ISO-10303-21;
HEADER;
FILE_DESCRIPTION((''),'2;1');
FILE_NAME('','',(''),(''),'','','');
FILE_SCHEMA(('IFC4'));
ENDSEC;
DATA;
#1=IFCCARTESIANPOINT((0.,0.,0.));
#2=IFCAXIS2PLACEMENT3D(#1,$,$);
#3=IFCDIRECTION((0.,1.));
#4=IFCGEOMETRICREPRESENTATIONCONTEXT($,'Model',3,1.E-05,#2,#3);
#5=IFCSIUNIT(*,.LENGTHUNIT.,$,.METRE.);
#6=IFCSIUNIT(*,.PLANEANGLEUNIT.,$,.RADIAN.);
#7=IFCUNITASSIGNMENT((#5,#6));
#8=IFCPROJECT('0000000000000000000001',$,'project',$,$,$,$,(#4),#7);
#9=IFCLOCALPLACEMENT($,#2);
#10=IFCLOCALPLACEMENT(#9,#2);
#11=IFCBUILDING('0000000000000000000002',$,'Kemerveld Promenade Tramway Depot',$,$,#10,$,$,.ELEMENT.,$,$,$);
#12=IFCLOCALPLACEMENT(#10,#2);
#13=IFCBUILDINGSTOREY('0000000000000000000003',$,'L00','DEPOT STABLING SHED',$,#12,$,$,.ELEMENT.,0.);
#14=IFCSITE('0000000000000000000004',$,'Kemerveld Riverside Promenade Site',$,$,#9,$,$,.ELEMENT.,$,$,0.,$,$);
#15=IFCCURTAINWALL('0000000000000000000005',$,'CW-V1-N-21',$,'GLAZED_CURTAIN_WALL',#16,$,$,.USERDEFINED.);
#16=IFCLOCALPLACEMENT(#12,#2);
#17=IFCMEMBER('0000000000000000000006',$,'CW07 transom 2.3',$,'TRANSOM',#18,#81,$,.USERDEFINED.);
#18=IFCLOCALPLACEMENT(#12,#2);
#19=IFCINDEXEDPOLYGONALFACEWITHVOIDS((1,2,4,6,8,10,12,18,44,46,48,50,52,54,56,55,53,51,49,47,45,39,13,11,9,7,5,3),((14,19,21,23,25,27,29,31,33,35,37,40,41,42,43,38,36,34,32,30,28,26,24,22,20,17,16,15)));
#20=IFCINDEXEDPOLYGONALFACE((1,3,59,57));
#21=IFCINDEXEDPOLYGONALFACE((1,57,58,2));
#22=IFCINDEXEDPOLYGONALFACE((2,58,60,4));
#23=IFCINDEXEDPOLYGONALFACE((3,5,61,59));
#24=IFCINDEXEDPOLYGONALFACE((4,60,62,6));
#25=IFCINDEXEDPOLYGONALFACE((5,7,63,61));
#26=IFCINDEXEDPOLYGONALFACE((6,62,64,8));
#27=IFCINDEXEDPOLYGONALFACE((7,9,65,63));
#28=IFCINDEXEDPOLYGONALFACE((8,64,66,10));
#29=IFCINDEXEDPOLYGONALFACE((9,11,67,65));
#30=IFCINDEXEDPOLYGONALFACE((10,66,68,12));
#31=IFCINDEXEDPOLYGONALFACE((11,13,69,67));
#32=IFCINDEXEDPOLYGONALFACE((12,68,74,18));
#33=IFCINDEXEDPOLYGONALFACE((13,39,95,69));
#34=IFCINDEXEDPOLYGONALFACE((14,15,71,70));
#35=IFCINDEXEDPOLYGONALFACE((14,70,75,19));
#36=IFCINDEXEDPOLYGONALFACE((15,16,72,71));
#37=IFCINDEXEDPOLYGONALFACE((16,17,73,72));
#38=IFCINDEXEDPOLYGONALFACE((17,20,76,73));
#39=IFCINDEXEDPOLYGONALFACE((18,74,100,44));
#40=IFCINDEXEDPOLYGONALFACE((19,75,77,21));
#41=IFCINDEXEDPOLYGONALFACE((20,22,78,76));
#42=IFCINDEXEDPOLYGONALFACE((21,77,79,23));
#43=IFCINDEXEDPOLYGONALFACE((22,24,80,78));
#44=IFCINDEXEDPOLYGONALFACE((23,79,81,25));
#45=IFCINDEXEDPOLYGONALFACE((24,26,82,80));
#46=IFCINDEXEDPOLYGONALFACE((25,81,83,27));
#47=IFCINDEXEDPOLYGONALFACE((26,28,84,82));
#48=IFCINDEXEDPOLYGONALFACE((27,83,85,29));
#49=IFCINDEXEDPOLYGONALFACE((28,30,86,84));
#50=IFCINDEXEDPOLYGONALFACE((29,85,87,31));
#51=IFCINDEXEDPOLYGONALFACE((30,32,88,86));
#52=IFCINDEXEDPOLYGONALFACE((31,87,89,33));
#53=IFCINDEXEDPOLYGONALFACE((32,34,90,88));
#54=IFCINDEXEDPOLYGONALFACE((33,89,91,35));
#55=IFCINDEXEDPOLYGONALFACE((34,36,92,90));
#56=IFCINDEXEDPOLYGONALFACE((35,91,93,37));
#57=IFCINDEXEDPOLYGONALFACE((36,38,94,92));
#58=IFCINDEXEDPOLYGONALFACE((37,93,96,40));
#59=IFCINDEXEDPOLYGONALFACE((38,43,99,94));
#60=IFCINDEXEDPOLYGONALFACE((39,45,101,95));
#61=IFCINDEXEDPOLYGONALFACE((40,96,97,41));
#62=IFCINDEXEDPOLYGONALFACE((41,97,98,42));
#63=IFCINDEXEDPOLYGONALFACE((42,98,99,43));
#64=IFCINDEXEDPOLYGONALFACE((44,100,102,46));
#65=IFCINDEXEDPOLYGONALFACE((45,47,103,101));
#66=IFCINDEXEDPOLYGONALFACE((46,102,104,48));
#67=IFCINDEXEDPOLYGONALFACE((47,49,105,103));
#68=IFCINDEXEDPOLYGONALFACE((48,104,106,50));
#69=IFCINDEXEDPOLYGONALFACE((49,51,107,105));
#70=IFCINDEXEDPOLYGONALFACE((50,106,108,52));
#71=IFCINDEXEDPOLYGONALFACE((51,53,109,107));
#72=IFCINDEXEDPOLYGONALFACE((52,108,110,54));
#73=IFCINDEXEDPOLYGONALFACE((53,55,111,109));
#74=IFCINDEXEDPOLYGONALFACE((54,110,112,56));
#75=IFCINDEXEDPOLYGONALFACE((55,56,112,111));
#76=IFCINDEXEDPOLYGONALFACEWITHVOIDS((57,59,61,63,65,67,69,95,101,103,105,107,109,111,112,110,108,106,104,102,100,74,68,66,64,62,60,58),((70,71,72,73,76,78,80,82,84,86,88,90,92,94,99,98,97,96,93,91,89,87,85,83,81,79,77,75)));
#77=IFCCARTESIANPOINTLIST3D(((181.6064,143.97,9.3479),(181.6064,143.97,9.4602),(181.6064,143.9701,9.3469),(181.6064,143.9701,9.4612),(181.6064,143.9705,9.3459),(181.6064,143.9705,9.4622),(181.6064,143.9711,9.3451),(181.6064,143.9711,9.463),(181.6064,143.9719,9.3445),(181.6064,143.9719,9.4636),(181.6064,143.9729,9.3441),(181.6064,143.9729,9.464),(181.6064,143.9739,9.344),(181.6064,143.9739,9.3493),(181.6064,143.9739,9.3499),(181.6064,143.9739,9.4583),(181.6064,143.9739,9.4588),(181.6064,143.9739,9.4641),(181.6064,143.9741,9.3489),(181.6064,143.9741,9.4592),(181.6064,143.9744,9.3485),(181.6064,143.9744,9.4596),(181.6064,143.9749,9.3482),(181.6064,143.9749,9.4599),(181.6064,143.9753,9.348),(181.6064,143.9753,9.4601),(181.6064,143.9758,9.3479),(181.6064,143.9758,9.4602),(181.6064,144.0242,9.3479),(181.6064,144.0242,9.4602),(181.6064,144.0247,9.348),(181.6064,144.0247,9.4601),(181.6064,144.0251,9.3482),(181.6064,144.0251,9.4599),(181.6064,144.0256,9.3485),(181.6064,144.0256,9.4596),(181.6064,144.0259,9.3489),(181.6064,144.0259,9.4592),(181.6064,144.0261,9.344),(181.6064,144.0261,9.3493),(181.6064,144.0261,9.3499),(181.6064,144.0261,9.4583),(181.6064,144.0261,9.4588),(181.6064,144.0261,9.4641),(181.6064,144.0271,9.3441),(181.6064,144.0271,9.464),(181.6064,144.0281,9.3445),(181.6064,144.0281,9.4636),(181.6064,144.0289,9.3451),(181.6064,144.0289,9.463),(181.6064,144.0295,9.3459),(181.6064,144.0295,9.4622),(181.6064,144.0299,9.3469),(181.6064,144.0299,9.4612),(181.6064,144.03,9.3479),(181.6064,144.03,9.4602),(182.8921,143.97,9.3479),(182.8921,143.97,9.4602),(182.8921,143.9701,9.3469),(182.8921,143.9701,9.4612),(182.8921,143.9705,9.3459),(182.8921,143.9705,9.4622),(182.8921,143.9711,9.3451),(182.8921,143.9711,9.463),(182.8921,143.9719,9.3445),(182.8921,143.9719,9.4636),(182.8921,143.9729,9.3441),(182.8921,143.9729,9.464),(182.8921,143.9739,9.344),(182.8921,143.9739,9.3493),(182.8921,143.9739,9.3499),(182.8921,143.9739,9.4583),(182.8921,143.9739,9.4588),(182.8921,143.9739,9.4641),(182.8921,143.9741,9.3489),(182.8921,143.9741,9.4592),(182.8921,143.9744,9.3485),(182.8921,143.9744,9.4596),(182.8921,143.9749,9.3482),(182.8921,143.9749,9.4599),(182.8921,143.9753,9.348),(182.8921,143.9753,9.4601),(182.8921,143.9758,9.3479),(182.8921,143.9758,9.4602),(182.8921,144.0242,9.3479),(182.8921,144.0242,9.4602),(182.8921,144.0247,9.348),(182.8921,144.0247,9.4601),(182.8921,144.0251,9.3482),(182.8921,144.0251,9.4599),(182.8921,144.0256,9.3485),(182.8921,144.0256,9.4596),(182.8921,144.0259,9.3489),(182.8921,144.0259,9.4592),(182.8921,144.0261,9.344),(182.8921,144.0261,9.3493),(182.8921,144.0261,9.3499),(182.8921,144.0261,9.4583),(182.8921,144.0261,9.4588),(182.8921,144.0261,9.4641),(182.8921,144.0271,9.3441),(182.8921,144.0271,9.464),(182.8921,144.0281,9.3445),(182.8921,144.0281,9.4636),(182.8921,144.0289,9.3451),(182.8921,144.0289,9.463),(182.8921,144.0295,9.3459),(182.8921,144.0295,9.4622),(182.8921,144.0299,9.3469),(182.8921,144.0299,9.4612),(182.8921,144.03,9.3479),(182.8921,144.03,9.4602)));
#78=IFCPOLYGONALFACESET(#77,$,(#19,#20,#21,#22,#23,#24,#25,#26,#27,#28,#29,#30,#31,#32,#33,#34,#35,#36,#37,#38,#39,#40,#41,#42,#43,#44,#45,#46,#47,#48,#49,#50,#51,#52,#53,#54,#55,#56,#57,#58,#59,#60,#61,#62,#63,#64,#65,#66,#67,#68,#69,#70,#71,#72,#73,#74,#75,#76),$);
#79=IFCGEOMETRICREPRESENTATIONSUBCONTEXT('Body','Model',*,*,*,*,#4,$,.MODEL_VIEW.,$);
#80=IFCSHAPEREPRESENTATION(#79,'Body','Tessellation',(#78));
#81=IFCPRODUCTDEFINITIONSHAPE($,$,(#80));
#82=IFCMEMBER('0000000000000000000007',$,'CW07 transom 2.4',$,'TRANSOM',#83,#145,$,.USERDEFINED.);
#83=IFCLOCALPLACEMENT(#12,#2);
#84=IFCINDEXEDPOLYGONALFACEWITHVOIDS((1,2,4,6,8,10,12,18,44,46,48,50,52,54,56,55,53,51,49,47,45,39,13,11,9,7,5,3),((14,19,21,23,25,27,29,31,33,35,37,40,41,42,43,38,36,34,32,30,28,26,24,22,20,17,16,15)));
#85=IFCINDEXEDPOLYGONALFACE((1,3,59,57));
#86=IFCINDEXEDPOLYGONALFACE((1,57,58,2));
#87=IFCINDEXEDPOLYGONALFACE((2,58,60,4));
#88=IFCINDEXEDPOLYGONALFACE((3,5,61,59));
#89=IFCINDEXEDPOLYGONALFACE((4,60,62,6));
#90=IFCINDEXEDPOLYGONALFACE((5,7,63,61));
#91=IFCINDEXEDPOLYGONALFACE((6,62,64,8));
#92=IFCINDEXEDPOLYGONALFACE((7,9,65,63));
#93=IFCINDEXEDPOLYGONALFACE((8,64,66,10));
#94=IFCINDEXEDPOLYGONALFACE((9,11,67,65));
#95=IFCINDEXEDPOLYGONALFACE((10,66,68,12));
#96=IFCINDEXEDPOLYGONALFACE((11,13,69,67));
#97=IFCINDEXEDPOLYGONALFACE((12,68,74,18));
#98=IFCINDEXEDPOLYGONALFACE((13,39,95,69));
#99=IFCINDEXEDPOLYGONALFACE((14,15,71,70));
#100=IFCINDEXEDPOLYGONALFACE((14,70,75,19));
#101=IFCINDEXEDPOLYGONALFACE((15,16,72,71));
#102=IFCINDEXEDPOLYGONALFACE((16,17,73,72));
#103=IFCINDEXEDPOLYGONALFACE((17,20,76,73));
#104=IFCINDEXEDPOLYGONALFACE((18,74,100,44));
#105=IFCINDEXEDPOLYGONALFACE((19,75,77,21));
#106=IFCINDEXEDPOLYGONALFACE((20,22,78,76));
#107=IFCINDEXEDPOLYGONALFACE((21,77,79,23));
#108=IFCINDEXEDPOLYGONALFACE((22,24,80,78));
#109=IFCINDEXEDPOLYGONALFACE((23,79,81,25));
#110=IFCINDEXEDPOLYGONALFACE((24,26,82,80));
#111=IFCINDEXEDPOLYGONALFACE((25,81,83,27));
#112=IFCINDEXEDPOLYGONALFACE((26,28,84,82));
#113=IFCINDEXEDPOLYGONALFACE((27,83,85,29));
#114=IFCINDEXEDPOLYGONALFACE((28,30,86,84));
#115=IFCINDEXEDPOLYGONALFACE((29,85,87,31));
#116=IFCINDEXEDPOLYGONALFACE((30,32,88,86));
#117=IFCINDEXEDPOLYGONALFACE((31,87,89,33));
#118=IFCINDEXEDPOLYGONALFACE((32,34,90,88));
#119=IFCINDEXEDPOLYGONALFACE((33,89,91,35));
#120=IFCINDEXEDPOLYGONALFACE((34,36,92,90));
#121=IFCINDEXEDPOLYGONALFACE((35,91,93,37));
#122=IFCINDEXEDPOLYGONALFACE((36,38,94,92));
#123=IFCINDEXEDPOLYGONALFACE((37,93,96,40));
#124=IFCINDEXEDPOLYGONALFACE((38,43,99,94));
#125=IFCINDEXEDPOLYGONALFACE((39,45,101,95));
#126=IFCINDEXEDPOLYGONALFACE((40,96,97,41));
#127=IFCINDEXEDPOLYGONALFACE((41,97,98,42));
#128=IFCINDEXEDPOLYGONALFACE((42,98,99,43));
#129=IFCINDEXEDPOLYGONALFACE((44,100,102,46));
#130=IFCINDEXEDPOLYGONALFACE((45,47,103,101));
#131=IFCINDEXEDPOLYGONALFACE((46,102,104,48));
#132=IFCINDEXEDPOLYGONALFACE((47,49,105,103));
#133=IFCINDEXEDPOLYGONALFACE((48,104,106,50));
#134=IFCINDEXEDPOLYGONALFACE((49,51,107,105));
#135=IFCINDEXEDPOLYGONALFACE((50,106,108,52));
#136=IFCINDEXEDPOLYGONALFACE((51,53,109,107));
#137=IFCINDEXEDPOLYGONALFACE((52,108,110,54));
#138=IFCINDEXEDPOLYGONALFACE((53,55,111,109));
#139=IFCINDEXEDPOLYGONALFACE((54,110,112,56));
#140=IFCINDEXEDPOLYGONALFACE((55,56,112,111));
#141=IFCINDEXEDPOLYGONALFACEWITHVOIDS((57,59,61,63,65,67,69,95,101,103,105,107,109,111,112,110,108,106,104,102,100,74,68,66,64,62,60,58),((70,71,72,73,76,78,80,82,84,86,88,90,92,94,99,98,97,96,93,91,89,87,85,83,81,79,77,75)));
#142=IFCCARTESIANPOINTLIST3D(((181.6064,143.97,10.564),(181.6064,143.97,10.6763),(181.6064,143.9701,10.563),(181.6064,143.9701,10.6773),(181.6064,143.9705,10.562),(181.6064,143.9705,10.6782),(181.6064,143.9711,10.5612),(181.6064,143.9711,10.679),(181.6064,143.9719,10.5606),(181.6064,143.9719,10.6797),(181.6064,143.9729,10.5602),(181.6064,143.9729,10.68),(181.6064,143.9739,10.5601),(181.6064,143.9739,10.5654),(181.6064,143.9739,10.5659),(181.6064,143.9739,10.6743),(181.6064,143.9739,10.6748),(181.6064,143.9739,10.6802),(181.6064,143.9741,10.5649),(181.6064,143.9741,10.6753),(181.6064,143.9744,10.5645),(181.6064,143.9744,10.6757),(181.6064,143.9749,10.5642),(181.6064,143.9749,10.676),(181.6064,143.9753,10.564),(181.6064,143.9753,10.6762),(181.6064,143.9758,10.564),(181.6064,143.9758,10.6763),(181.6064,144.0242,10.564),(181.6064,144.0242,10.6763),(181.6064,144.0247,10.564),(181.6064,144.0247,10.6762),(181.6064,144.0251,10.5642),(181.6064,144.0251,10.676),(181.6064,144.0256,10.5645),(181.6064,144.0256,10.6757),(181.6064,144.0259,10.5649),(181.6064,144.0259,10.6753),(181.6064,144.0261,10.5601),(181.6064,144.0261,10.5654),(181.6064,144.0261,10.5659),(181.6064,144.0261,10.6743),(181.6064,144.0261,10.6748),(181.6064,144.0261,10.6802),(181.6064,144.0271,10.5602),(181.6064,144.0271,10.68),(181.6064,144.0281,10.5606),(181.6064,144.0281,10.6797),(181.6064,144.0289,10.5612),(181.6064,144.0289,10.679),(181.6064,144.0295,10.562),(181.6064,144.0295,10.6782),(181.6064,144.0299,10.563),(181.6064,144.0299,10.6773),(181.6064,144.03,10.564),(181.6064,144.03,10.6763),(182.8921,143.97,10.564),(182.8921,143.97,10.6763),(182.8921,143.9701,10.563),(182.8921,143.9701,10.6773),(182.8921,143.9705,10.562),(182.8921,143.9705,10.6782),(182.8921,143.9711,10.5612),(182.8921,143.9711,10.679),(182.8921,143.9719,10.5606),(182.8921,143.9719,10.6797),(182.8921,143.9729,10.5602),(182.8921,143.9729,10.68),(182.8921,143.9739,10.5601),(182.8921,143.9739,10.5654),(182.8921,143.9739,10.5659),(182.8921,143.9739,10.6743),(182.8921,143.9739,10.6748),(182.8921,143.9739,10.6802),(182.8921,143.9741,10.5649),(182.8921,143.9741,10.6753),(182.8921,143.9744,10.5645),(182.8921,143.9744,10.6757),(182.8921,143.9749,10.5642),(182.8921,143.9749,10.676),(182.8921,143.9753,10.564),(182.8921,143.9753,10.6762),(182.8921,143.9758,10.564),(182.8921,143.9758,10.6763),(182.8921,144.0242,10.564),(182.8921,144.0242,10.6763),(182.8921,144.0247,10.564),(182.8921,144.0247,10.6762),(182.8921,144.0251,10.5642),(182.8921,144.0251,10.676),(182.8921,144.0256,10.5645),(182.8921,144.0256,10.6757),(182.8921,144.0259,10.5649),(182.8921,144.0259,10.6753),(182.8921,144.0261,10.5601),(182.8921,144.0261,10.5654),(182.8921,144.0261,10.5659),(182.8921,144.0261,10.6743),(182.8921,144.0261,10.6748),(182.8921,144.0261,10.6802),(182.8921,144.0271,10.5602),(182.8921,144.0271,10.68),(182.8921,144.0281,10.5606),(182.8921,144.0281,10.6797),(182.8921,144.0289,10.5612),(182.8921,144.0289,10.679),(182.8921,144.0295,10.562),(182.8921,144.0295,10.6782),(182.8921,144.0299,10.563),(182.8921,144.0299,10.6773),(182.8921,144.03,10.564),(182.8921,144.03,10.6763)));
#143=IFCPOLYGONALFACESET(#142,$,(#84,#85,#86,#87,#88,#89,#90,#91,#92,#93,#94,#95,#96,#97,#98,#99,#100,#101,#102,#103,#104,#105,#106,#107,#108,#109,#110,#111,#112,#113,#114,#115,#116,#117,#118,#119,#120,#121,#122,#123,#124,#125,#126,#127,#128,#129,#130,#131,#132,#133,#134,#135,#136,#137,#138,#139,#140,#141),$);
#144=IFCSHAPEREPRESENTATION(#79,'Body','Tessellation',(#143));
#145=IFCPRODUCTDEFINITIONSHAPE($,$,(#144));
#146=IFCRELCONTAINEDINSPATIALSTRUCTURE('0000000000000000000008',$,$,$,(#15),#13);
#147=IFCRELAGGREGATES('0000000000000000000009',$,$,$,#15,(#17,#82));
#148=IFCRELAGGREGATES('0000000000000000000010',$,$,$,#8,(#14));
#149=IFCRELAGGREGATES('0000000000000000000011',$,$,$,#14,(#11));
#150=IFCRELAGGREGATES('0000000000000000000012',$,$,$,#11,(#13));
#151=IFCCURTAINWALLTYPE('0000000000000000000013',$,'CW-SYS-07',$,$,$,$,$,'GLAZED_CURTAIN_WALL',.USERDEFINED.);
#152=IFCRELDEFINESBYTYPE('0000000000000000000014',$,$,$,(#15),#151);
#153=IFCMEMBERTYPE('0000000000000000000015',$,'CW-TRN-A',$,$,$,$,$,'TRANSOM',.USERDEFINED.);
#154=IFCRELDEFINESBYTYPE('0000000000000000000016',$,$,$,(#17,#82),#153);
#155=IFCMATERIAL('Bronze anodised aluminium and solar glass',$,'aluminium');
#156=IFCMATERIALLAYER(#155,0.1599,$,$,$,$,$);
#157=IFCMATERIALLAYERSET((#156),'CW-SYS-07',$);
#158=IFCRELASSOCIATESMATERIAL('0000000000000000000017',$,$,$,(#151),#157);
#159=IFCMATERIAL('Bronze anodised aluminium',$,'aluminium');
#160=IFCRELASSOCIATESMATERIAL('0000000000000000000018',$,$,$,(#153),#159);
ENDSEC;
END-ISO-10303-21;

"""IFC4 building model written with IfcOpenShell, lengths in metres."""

from ifc_helpers import new_model, si_unit, direction, frame, origin, origin_2d, place, context, subcontext, project, spatial, hollow_rectangle, extrude, material, layer, layer_set, material_profile, profile_set, type_object, element, aggregate, save


model = new_model("IFC4")

# Units and contexts
model_context = context("Model", 3, precision=1e-05, world=origin(), true_north=direction((0.0, 1.0)))
body_context = subcontext(model_context, "Body", "Model", "MODEL_VIEW")
ifc_project = project(units=[si_unit("LENGTHUNIT", "METRE"), si_unit("PLANEANGLEUNIT", "RADIAN")], contexts=[model_context])

# Site, building, storey
site_placement = place(None, origin())
site = spatial("IfcSite", under=ifc_project, at=site_placement, Name="Kemerveld Riverside Promenade Site", CompositionType="ELEMENT", RefElevation=0.0)
building_placement = place(site_placement, origin())
building = spatial("IfcBuilding", under=site, at=building_placement, Name="Kemerveld Promenade Tramway Depot", CompositionType="ELEMENT")
storey_placement = place(building_placement, origin())
storey = spatial("IfcBuildingStorey", under=building, at=storey_placement, Name="L00", Description="DEPOT STABLING SHED", CompositionType="ELEMENT", Elevation=0.0)

# Curtain wall, members
ifc_material_1 = material(Name="Bronze anodised aluminium and solar glass", Category="aluminium")
ifc_layer_1 = layer(ifc_material_1, 0.1599)
ifc_layer_set_1 = layer_set([ifc_layer_1], Name="CW-SYS-07")
curtain_wall_type_1 = type_object("IfcCurtainWallType", Name="CW-SYS-07", ElementType="GLAZED_CURTAIN_WALL", PredefinedType="USERDEFINED", material=ifc_layer_set_1)
curtain_wall_1_placement = place(storey_placement, origin())
curtain_wall_1 = element("IfcCurtainWall", 1, at=curtain_wall_1_placement, inside=storey, type_object=curtain_wall_type_1, Name="CW-V1-N-21", ObjectType="GLAZED_CURTAIN_WALL", PredefinedType="USERDEFINED")
ifc_material_2 = material(Name="Bronze anodised aluminium", Category="aluminium")
ifc_material_profile_1 = material_profile(ifc_material_2, hollow_rectangle(XDim=0.0601, YDim=0.1201, WallThickness=0.0039, InnerFilletRadius=0.002, OuterFilletRadius=0.0039, at=origin_2d()), Name="CW-TRN-120x60")
ifc_profile_set_1 = profile_set([ifc_material_profile_1], Name="Bronze anodised aluminium")
member_type_1 = type_object("IfcMemberType", Name="CW-TRN-A", ElementType="TRANSOM", PredefinedType="USERDEFINED", material=ifc_profile_set_1)
member_1_placement = place(storey_placement, frame((181.6064, 144.0, 9.4041), z_axis=(1.0, 0.0, 0.0), x_axis=(0.0, 1.0, 0.0)))
member_1 = element("IfcMember", 2, at=member_1_placement, type_object=member_type_1, Name="CW07 transom 2.3", ObjectType="TRANSOM", PredefinedType="USERDEFINED", context=body_context, shape_type="SweptSolid", body=[
    extrude(hollow_rectangle(XDim=0.0601, YDim=0.1201, WallThickness=0.0039, InnerFilletRadius=0.002, OuterFilletRadius=0.0039, at=origin_2d()), origin(), (0.0, 0.0, 1.0), 1.2856),
])
member_2_placement = place(storey_placement, frame((181.6064, 144.0, 10.6201), z_axis=(1.0, 0.0, 0.0), x_axis=(0.0, 1.0, 0.0)))
member_2 = element("IfcMember", 3, at=member_2_placement, type_object=member_type_1, Name="CW07 transom 2.4", ObjectType="TRANSOM", PredefinedType="USERDEFINED", context=body_context, shape_type="SweptSolid", body=[
    extrude(hollow_rectangle(XDim=0.0601, YDim=0.1201, WallThickness=0.0039, InnerFilletRadius=0.002, OuterFilletRadius=0.0039, at=origin_2d()), origin(), (0.0, 0.0, 1.0), 1.2856),
])

aggregate(curtain_wall_1, [member_1, member_2])

save(model, "model.ifc")
